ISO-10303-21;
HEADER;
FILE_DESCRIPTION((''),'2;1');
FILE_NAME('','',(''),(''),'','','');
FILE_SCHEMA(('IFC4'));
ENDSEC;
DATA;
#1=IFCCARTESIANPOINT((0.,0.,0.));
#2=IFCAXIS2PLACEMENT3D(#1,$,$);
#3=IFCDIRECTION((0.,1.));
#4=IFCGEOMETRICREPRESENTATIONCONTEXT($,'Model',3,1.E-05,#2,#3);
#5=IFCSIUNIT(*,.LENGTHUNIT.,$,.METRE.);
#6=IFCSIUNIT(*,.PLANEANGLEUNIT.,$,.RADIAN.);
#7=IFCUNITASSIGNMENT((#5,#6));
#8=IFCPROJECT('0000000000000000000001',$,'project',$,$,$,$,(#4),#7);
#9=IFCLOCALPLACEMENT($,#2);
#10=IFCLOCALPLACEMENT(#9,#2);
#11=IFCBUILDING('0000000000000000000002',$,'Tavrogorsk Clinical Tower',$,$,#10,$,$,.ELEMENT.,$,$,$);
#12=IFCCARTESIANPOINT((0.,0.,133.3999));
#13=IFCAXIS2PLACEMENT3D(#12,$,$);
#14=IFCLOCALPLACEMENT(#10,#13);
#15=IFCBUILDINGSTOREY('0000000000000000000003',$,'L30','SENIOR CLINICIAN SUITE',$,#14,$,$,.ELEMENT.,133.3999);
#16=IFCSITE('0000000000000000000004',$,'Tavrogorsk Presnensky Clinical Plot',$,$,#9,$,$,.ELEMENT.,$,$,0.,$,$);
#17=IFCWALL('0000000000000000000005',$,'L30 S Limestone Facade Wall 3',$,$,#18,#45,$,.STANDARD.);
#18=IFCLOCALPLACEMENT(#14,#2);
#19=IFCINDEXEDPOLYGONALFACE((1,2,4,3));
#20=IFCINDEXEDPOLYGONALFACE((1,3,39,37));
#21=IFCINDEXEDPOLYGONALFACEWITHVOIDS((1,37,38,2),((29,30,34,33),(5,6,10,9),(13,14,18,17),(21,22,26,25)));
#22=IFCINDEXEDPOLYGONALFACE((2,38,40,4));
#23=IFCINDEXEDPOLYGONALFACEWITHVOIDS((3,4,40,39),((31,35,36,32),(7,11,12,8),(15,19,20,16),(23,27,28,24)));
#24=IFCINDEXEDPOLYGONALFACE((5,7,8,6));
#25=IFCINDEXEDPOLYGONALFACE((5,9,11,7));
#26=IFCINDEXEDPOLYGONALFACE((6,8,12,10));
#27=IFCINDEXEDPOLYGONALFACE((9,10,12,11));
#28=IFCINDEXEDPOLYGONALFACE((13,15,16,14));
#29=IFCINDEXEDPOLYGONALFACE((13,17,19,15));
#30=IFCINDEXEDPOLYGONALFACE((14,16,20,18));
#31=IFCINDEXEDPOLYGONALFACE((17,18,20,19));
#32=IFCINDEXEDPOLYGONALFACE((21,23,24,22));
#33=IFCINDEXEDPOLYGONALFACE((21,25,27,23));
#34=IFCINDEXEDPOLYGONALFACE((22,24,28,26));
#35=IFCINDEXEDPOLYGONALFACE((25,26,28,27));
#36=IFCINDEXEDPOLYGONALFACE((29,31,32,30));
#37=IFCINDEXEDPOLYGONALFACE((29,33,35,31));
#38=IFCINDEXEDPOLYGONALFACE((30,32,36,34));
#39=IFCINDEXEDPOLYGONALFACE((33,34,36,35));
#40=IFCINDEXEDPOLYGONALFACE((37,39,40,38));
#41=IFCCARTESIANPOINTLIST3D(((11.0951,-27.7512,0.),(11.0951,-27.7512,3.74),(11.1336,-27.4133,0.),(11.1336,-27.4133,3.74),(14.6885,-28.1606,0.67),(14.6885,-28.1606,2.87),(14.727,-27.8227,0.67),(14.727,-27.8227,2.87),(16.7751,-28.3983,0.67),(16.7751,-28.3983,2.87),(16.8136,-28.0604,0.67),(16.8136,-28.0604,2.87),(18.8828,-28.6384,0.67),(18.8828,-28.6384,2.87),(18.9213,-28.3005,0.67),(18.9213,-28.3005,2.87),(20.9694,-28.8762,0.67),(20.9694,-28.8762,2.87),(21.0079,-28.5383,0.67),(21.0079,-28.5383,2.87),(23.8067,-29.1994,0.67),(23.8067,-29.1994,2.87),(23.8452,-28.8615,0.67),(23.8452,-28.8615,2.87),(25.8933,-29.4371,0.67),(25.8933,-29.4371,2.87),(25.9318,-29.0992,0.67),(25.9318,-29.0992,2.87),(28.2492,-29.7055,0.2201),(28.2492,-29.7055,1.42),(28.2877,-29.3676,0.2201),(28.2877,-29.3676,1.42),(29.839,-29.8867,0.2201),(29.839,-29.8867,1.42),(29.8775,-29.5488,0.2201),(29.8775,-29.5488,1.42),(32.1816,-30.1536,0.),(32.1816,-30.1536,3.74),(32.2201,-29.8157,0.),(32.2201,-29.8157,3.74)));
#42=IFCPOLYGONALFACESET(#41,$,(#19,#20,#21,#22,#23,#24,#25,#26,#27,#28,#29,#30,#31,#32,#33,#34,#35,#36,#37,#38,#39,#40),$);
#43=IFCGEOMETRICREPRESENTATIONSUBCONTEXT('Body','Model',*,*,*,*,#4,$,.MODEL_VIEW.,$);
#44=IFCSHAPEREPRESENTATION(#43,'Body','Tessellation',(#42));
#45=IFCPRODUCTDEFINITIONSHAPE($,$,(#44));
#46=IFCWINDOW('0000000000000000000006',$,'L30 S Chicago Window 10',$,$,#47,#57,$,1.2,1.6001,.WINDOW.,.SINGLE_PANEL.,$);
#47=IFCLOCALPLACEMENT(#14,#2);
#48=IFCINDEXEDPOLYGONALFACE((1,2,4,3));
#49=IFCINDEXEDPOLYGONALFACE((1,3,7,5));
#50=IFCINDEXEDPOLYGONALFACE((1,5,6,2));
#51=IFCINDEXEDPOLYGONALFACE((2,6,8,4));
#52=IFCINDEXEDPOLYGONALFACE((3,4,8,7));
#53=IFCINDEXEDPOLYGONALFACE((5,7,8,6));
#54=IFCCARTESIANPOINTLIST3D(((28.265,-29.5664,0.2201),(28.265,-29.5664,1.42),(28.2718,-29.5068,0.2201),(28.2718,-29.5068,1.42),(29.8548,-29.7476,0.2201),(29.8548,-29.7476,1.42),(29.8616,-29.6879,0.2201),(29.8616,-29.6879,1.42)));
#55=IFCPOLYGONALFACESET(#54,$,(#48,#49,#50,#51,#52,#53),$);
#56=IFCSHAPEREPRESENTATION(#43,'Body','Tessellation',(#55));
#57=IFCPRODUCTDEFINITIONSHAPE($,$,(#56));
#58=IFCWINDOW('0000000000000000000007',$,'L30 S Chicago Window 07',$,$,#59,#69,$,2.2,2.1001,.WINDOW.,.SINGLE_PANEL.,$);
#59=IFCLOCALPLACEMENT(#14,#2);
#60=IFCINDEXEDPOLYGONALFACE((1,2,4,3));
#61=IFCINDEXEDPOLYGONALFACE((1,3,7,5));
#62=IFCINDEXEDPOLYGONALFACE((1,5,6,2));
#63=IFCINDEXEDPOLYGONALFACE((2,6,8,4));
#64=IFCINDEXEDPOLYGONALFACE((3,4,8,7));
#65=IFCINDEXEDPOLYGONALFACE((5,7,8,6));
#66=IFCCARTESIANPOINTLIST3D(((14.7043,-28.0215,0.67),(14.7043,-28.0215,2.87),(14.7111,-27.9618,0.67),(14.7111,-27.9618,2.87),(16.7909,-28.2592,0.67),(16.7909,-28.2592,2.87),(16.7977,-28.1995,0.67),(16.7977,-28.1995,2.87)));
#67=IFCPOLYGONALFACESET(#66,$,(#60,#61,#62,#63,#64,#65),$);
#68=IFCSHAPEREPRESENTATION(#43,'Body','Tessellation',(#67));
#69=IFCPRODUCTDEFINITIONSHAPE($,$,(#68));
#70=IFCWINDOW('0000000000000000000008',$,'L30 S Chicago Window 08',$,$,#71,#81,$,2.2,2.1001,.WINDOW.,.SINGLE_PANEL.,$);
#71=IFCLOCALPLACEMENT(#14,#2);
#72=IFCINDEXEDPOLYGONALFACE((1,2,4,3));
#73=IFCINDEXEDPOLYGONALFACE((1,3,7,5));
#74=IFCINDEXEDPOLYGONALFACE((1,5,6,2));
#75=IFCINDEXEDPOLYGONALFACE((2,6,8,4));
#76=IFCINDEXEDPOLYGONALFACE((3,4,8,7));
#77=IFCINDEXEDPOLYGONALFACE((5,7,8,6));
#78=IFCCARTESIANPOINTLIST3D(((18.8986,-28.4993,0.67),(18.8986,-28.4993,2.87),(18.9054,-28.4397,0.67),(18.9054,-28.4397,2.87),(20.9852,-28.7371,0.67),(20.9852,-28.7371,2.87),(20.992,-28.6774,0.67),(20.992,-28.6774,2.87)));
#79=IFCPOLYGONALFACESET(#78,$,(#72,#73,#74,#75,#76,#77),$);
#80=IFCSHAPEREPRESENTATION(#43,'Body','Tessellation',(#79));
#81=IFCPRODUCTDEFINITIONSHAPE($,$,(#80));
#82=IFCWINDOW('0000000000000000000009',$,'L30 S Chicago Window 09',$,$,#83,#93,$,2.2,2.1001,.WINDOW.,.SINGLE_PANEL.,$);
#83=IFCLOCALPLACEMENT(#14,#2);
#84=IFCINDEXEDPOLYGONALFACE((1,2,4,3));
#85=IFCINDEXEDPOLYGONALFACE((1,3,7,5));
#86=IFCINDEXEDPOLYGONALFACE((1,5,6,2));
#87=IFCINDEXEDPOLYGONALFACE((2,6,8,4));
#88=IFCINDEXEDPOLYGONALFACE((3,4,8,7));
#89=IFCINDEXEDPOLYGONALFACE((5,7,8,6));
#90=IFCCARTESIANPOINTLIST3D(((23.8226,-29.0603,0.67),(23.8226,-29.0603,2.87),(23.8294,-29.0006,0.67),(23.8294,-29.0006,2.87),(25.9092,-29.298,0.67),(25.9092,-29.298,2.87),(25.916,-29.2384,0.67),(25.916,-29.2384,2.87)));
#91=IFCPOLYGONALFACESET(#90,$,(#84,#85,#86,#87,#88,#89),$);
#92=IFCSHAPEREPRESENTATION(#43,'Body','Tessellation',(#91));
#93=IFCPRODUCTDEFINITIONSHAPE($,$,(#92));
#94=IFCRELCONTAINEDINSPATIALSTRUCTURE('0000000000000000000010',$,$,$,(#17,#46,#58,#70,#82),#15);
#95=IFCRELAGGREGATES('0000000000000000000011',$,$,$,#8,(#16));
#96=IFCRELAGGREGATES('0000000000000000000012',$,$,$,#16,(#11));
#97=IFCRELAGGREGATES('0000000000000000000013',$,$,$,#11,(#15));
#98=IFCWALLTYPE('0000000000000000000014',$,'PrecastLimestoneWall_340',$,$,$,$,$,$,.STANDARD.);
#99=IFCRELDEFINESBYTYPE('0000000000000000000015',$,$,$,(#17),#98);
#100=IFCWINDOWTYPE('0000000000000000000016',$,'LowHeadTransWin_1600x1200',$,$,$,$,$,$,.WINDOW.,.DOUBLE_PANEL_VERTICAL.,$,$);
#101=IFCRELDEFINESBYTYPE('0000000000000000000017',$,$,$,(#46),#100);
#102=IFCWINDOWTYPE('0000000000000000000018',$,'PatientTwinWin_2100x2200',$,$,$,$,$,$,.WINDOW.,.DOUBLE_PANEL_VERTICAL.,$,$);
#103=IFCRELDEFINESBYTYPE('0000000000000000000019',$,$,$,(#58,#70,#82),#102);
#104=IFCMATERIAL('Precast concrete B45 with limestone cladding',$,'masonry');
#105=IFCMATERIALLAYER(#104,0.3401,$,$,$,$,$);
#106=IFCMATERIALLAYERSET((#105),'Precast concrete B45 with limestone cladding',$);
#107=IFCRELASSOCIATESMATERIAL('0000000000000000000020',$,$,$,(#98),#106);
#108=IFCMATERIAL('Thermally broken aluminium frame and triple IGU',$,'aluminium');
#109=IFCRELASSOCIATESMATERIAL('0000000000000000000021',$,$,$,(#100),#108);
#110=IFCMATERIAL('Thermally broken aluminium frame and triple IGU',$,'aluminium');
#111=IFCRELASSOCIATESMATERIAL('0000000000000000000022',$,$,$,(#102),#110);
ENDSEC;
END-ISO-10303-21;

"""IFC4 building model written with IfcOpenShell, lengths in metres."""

from ifc_helpers import new_model, si_unit, direction, frame, frame_2d, origin, place, context, subcontext, project, spatial, rectangle, extrude, material, layer, layer_set, type_object, element, fill, save


model = new_model("IFC4")

# Units and contexts
model_context = context("Model", 3, precision=1e-05, world=origin(), true_north=direction((0.0, 1.0)))
body_context = subcontext(model_context, "Body", "Model", "MODEL_VIEW")
ifc_project = project(units=[si_unit("LENGTHUNIT", "METRE"), si_unit("PLANEANGLEUNIT", "RADIAN")], contexts=[model_context])

# Site, building, storey
site_placement = place(None, origin())
site = spatial("IfcSite", under=ifc_project, at=site_placement, Name="Tavrogorsk Presnensky Clinical Plot", CompositionType="ELEMENT", RefElevation=0.0)
building_placement = place(site_placement, origin())
building = spatial("IfcBuilding", under=site, at=building_placement, Name="Tavrogorsk Clinical Tower", CompositionType="ELEMENT")
storey_placement = place(building_placement, frame((0.0, 0.0, 133.3999)))
storey = spatial("IfcBuildingStorey", under=building, at=storey_placement, Name="L30", Description="SENIOR CLINICIAN SUITE", CompositionType="ELEMENT", Elevation=133.3999)

# Wall, openings, windows
ifc_material_1 = material(Name="Precast concrete B45 with limestone cladding", Category="masonry")
ifc_layer_1 = layer(ifc_material_1, 0.3401)
ifc_layer_set_1 = layer_set([ifc_layer_1], Name="Precast concrete B45 with limestone cladding")
wall_type_1 = type_object("IfcWallType", Name="PrecastLimestoneWall_340", PredefinedType="STANDARD", material=ifc_layer_set_1)
wall_1_placement = place(storey_placement, frame((11.1145, -27.5823, 0.0), z_axis=(0.0, 0.0, 1.0), x_axis=(0.993573, -0.113196, 0.0)))
wall_1 = element("IfcWall", 1, at=wall_1_placement, inside=storey, type_object=wall_type_1, Name="L30 S Limestone Facade Wall 3", PredefinedType="STANDARD", context=body_context, shape_type="SweptSolid", body=[
    extrude(rectangle(XDim=21.2229, YDim=0.3401, at=frame_2d((10.6113, 0.0))), origin(), (0.0, 0.0, 1.0), 3.74),
])
opening_1_placement = place(wall_1_placement, frame((3.6165, 0.0, 0.6699)))
opening_1 = element("IfcOpeningElement", 2, at=opening_1_placement, cuts=wall_1, PredefinedType="OPENING", context=body_context, shape_type="SweptSolid", body=[
    extrude(rectangle(XDim=2.1001, YDim=2.2, at=frame_2d((1.05, 1.1001))), frame((0.0, 0.1799, 0.0), z_axis=(0.0, -1.0, 0.0), x_axis=(1.0, 0.0, 0.0)), (0.0, 0.0, 1.0), 0.3601),
])
opening_2_placement = place(wall_1_placement, frame((7.8379, 0.0, 0.6699)))
opening_2 = element("IfcOpeningElement", 3, at=opening_2_placement, cuts=wall_1, PredefinedType="OPENING", context=body_context, shape_type="SweptSolid", body=[
    extrude(rectangle(XDim=2.1001, YDim=2.2, at=frame_2d((1.05, 1.1001))), frame((0.0, 0.1799, 0.0), z_axis=(0.0, -1.0, 0.0), x_axis=(1.0, 0.0, 0.0)), (0.0, 0.0, 1.0), 0.3601),
])
opening_3_placement = place(wall_1_placement, frame((12.7937, 0.0, 0.6699)))
opening_3 = element("IfcOpeningElement", 4, at=opening_3_placement, cuts=wall_1, PredefinedType="OPENING", context=body_context, shape_type="SweptSolid", body=[
    extrude(rectangle(XDim=2.1001, YDim=2.2, at=frame_2d((1.05, 1.1001))), frame((0.0, 0.1799, 0.0), z_axis=(0.0, -1.0, 0.0), x_axis=(1.0, 0.0, 0.0)), (0.0, 0.0, 1.0), 0.3601),
])
opening_4_placement = place(wall_1_placement, frame((17.2649, 0.0, 0.22)))
opening_4 = element("IfcOpeningElement", 5, at=opening_4_placement, cuts=wall_1, PredefinedType="OPENING", context=body_context, shape_type="SweptSolid", body=[
    extrude(rectangle(XDim=1.6001, YDim=1.2, at=frame_2d((0.8, 0.6001))), frame((0.0, 0.1799, 0.0), z_axis=(0.0, -1.0, 0.0), x_axis=(1.0, 0.0, 0.0)), (0.0, 0.0, 1.0), 0.3601),
])
ifc_material_2 = material(Name="Thermally broken aluminium frame and triple IGU", Category="aluminium")
window_type_1 = type_object("IfcWindowType", Name="LowHeadTransWin_1600x1200", PartitioningType="DOUBLE_PANEL_VERTICAL", PredefinedType="WINDOW", material=ifc_material_2)
window_1_placement = place(opening_4_placement, origin())
window_1 = element("IfcWindow", 6, at=window_1_placement, inside=storey, type_object=window_type_1, Name="L30 S Chicago Window 10", OverallHeight=1.2, OverallWidth=1.6001, PartitioningType="SINGLE_PANEL", PredefinedType="WINDOW", context=body_context, shape_type="SweptSolid", body=[
    extrude(rectangle(XDim=1.6001, YDim=1.2, at=frame_2d((0.8, 0.6001))), frame((0.0, 0.03, 0.0), z_axis=(0.0, -1.0, 0.0), x_axis=(1.0, 0.0, 0.0)), (0.0, 0.0, 1.0), 0.0601),
])
fill(opening_4, window_1)
ifc_material_3 = material(Name="Thermally broken aluminium frame and triple IGU", Category="aluminium")
window_type_2 = type_object("IfcWindowType", Name="PatientTwinWin_2100x2200", PartitioningType="DOUBLE_PANEL_VERTICAL", PredefinedType="WINDOW", material=ifc_material_3)
window_2_placement = place(opening_1_placement, origin())
window_2 = element("IfcWindow", 7, at=window_2_placement, inside=storey, type_object=window_type_2, Name="L30 S Chicago Window 07", OverallHeight=2.2, OverallWidth=2.1001, PartitioningType="SINGLE_PANEL", PredefinedType="WINDOW", context=body_context, shape_type="SweptSolid", body=[
    extrude(rectangle(XDim=2.1001, YDim=2.2, at=frame_2d((1.05, 1.1001))), frame((0.0, 0.03, 0.0), z_axis=(0.0, -1.0, 0.0), x_axis=(1.0, 0.0, 0.0)), (0.0, 0.0, 1.0), 0.0601),
])
fill(opening_1, window_2)
window_3_placement = place(opening_2_placement, origin())
window_3 = element("IfcWindow", 8, at=window_3_placement, inside=storey, type_object=window_type_2, Name="L30 S Chicago Window 08", OverallHeight=2.2, OverallWidth=2.1001, PartitioningType="SINGLE_PANEL", PredefinedType="WINDOW", context=body_context, shape_type="SweptSolid", body=[
    extrude(rectangle(XDim=2.1001, YDim=2.2, at=frame_2d((1.05, 1.1001))), frame((0.0, 0.03, 0.0), z_axis=(0.0, -1.0, 0.0), x_axis=(1.0, 0.0, 0.0)), (0.0, 0.0, 1.0), 0.0601),
])
fill(opening_2, window_3)
window_4_placement = place(opening_3_placement, origin())
window_4 = element("IfcWindow", 9, at=window_4_placement, inside=storey, type_object=window_type_2, Name="L30 S Chicago Window 09", OverallHeight=2.2, OverallWidth=2.1001, PartitioningType="SINGLE_PANEL", PredefinedType="WINDOW", context=body_context, shape_type="SweptSolid", body=[
    extrude(rectangle(XDim=2.1001, YDim=2.2, at=frame_2d((1.05, 1.1001))), frame((0.0, 0.03, 0.0), z_axis=(0.0, -1.0, 0.0), x_axis=(1.0, 0.0, 0.0)), (0.0, 0.0, 1.0), 0.0601),
])
fill(opening_3, window_4)

save(model, "model.ifc")
